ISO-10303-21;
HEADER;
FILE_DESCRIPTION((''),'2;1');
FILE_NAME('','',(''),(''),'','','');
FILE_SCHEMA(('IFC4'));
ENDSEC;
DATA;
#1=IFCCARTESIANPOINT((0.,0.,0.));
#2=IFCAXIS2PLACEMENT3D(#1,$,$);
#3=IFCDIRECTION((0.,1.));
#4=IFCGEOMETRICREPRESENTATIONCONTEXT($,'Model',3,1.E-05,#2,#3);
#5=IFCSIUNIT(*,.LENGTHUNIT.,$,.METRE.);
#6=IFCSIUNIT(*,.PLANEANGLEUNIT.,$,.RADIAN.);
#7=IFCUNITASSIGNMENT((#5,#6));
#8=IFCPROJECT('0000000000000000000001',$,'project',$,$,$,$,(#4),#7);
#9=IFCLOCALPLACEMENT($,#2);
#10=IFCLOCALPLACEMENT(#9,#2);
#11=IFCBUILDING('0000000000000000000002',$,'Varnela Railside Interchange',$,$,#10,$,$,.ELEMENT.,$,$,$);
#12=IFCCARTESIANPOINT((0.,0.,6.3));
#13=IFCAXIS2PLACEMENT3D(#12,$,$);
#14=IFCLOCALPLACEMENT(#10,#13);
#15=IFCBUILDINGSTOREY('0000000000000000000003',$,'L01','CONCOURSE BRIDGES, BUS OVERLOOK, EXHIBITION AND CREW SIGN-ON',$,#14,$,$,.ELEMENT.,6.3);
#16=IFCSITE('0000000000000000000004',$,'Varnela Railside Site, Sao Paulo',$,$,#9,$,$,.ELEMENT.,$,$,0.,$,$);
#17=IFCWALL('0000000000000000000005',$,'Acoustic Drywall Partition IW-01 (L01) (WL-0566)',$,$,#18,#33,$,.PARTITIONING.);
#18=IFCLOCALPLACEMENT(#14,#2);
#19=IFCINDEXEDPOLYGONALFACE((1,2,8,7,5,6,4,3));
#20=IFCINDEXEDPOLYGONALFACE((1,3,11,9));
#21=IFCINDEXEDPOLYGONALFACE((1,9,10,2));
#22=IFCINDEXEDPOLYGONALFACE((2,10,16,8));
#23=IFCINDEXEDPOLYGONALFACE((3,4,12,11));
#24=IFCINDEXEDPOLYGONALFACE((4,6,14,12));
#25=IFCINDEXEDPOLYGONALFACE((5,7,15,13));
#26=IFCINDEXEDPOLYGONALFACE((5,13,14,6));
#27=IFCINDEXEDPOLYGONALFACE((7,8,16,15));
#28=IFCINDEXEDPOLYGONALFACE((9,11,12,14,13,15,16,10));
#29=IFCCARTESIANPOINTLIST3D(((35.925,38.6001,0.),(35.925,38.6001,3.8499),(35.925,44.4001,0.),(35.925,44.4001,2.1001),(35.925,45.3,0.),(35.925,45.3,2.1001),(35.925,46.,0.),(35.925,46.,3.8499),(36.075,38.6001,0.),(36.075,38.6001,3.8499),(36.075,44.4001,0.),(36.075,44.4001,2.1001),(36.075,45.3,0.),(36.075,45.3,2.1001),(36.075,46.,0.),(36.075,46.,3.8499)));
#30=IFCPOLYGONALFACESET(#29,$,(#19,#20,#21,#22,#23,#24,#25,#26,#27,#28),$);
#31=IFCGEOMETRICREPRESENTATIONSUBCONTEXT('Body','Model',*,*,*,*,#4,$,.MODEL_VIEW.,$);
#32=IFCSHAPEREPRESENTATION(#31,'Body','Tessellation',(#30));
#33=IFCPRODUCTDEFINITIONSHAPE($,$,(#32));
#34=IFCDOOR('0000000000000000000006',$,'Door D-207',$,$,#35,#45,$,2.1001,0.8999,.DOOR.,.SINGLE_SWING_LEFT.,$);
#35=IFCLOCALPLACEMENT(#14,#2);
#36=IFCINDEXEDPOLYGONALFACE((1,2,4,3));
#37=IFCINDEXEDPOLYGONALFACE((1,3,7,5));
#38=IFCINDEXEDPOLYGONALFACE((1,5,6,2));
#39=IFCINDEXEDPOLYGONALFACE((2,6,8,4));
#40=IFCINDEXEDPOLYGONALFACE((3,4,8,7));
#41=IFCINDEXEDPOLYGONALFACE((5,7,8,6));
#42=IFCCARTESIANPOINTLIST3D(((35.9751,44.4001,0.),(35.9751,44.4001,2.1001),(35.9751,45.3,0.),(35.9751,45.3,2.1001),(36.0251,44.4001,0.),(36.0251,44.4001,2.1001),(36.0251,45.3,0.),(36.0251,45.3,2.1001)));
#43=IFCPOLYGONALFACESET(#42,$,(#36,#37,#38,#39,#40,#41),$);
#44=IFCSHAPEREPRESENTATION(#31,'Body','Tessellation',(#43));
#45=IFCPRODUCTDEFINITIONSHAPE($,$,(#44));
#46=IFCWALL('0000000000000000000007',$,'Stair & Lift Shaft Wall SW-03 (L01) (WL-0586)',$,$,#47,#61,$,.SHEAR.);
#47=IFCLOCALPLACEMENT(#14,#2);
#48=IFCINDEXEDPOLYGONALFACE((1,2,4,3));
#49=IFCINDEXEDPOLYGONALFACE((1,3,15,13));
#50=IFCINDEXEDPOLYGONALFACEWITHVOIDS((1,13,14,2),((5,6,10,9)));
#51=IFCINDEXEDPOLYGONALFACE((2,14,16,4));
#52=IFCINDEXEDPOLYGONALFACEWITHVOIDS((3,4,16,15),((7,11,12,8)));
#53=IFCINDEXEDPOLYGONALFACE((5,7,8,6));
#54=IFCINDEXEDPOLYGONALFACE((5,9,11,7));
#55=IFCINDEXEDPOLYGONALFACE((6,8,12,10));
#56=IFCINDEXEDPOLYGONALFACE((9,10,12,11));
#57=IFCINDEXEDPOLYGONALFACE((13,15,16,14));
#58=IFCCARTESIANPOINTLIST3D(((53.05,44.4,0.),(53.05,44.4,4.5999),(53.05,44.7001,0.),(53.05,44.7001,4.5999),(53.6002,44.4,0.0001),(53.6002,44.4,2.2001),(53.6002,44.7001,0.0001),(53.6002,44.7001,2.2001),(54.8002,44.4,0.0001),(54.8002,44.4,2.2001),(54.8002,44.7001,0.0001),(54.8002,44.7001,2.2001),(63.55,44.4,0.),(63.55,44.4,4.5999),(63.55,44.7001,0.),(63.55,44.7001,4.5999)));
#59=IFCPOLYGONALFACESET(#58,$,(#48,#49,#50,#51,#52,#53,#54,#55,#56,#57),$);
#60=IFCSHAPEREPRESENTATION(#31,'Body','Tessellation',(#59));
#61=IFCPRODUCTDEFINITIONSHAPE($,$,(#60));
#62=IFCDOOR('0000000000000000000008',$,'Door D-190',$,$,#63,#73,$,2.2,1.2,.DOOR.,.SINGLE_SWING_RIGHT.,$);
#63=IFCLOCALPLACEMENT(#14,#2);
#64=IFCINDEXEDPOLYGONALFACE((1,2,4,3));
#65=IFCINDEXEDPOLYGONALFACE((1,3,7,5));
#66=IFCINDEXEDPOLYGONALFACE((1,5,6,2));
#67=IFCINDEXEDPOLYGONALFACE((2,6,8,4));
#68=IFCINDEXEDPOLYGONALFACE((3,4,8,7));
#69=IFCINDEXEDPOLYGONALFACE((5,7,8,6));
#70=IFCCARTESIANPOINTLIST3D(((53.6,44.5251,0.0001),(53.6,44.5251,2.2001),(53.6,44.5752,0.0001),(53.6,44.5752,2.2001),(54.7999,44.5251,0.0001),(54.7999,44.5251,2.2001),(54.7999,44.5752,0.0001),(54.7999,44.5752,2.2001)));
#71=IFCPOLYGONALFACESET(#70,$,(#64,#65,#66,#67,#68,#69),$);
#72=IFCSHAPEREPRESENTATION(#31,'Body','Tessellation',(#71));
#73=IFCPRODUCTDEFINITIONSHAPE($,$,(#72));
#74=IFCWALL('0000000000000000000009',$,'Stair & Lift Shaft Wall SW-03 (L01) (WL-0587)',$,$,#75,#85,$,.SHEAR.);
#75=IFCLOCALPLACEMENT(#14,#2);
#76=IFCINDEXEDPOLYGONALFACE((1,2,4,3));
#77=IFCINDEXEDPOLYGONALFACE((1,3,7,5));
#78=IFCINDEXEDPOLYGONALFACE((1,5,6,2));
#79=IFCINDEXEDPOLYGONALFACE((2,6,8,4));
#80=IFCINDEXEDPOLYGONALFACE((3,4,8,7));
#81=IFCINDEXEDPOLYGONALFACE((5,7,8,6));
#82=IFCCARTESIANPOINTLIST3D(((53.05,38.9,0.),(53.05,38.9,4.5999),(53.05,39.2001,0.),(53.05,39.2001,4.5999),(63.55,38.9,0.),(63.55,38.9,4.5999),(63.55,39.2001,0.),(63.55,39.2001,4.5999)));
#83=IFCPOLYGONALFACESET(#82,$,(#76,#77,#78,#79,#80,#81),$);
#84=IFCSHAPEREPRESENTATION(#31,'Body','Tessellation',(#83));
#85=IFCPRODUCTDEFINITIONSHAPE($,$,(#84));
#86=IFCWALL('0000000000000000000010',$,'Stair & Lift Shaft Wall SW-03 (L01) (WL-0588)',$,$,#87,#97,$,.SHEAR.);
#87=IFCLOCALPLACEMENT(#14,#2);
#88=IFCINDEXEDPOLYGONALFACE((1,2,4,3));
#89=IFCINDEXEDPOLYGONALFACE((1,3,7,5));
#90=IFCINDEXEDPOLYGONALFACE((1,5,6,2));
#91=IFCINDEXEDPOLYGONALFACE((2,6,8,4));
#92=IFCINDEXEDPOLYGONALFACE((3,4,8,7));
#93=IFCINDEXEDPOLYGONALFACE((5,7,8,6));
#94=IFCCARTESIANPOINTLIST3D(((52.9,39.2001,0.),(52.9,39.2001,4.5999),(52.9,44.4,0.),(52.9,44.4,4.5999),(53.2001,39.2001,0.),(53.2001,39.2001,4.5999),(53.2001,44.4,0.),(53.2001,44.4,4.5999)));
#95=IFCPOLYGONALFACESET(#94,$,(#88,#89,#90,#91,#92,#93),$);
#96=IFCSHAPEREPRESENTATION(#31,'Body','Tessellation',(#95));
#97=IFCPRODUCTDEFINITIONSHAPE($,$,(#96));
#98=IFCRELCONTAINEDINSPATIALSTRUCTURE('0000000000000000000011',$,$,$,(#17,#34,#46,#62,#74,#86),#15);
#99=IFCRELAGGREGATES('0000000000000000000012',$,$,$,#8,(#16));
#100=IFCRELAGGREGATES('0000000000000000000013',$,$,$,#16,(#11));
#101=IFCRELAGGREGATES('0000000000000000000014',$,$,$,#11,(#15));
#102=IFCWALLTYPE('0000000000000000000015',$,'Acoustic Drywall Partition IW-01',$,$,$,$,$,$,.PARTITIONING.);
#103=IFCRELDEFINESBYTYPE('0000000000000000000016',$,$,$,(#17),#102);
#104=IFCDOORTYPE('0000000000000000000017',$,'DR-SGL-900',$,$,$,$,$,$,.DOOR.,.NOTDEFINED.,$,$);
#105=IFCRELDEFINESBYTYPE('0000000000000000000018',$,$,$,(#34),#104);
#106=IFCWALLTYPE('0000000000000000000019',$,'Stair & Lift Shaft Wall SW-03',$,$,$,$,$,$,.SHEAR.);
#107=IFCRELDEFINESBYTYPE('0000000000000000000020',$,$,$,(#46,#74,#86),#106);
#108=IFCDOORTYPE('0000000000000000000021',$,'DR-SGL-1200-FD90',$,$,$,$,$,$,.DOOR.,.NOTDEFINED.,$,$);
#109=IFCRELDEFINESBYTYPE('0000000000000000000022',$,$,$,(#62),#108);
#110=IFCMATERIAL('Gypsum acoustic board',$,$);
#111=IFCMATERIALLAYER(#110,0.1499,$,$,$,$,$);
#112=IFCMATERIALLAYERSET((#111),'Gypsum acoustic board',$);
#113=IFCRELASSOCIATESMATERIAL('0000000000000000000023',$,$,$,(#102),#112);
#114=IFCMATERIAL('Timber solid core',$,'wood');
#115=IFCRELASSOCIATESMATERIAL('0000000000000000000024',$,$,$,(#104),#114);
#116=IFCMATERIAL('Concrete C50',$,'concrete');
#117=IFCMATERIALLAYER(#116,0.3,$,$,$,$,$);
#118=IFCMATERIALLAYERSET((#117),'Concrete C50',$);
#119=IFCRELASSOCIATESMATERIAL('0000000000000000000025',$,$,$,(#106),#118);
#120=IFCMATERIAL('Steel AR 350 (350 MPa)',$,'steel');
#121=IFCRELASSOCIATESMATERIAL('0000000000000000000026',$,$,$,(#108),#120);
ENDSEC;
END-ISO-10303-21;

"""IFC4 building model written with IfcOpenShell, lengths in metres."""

from ifc_helpers import new_model, si_unit, direction, frame, frame_2d, origin, place, context, subcontext, project, spatial, rectangle, extrude, material, layer, layer_set, type_object, element, fill, save


model = new_model("IFC4")

# Units and contexts
model_context = context("Model", 3, precision=1e-05, world=origin(), true_north=direction((0.0, 1.0)))
body_context = subcontext(model_context, "Body", "Model", "MODEL_VIEW")
ifc_project = project(units=[si_unit("LENGTHUNIT", "METRE"), si_unit("PLANEANGLEUNIT", "RADIAN")], contexts=[model_context])

# Site, building, storey
site_placement = place(None, origin())
site = spatial("IfcSite", under=ifc_project, at=site_placement, Name="Varnela Railside Site, Sao Paulo", CompositionType="ELEMENT", RefElevation=0.0)
building_placement = place(site_placement, origin())
building = spatial("IfcBuilding", under=site, at=building_placement, Name="Varnela Railside Interchange", CompositionType="ELEMENT")
storey_placement = place(building_placement, frame((0.0, 0.0, 6.3)))
storey = spatial("IfcBuildingStorey", under=building, at=storey_placement, Name="L01", Description="CONCOURSE BRIDGES, BUS OVERLOOK, EXHIBITION AND CREW SIGN-ON", CompositionType="ELEMENT", Elevation=6.3)

# Shared definitions
ifc_material_1 = material(Name="Concrete C50", Category="concrete")
ifc_material_2 = material(Name="Steel AR 350 (350 MPa)", Category="steel")

# Walls, openings, doors
ifc_material_3 = material(Name="Gypsum acoustic board")
ifc_layer_1 = layer(ifc_material_3, 0.1499)
ifc_layer_set_1 = layer_set([ifc_layer_1], Name="Gypsum acoustic board")
wall_type_1 = type_object("IfcWallType", Name="Acoustic Drywall Partition IW-01", PredefinedType="PARTITIONING", material=ifc_layer_set_1)
wall_1_placement = place(storey_placement, frame((36.0, 38.6001, 0.0), z_axis=(0.0, 0.0, 1.0), x_axis=(0.0, 1.0, 0.0)))
wall_1 = element("IfcWall", 1, at=wall_1_placement, inside=storey, type_object=wall_type_1, Name="Acoustic Drywall Partition IW-01 (L01) (WL-0566)", PredefinedType="PARTITIONING", context=body_context, shape_type="SweptSolid", body=[
    extrude(rectangle(XDim=7.3999, YDim=0.1499, at=frame_2d((3.7, 0.0))), origin(), (0.0, 0.0, 1.0), 3.8499),
])
opening_1_placement = place(wall_1_placement, frame((5.8, 0.0, 0.0)))
opening_1 = element("IfcOpeningElement", 2, at=opening_1_placement, cuts=wall_1, PredefinedType="OPENING", context=body_context, shape_type="SweptSolid", body=[
    extrude(rectangle(XDim=0.8999, YDim=2.1001, at=frame_2d((0.45, 1.05))), frame((0.0, 0.085, 0.0), z_axis=(0.0, -1.0, 0.0), x_axis=(1.0, 0.0, 0.0)), (0.0, 0.0, 1.0), 0.1699),
])
ifc_material_4 = material(Name="Timber solid core", Category="wood")
door_type_1 = type_object("IfcDoorType", Name="DR-SGL-900", OperationType="NOTDEFINED", PredefinedType="DOOR", material=ifc_material_4)
door_1_placement = place(opening_1_placement, origin())
door_1 = element("IfcDoor", 3, at=door_1_placement, inside=storey, type_object=door_type_1, Name="Door D-207", OperationType="SINGLE_SWING_LEFT", OverallHeight=2.1001, OverallWidth=0.8999, PredefinedType="DOOR", context=body_context, shape_type="SweptSolid", body=[
    extrude(rectangle(XDim=0.8999, YDim=2.1001, at=frame_2d((0.45, 1.05))), frame((0.0, 0.0249, 0.0), z_axis=(0.0, -1.0, 0.0), x_axis=(1.0, 0.0, 0.0)), (0.0, 0.0, 1.0), 0.05),
])
fill(opening_1, door_1)
ifc_layer_2 = layer(ifc_material_1, 0.3)
ifc_layer_set_2 = layer_set([ifc_layer_2], Name="Concrete C50")
wall_type_2 = type_object("IfcWallType", Name="Stair & Lift Shaft Wall SW-03", PredefinedType="SHEAR", material=ifc_layer_set_2)
wall_2_placement = place(storey_placement, frame((53.05, 44.55, 0.0), z_axis=(0.0, 0.0, 1.0), x_axis=(1.0, 0.0, 0.0)))
wall_2 = element("IfcWall", 4, at=wall_2_placement, inside=storey, type_object=wall_type_2, Name="Stair & Lift Shaft Wall SW-03 (L01) (WL-0586)", PredefinedType="SHEAR", context=body_context, shape_type="SweptSolid", body=[
    extrude(rectangle(XDim=10.5, YDim=0.3, at=frame_2d((5.25, 0.0))), origin(), (0.0, 0.0, 1.0), 4.5999),
])
opening_2_placement = place(wall_2_placement, frame((0.55, 0.0, 0.0)))
opening_2 = element("IfcOpeningElement", 5, at=opening_2_placement, cuts=wall_2, PredefinedType="OPENING", context=body_context, shape_type="SweptSolid", body=[
    extrude(rectangle(XDim=1.2, YDim=2.2, at=frame_2d((0.6001, 1.1001))), frame((0.0, 0.1599, 0.0), z_axis=(0.0, -1.0, 0.0), x_axis=(1.0, 0.0, 0.0)), (0.0, 0.0, 1.0), 0.3201),
])
door_type_2 = type_object("IfcDoorType", Name="DR-SGL-1200-FD90", OperationType="NOTDEFINED", PredefinedType="DOOR", material=ifc_material_2)
door_2_placement = place(opening_2_placement, frame((1.2, 0.0, 0.0), z_axis=(0.0, 0.0, 1.0), x_axis=(-1.0, 0.0, 0.0)))
door_2 = element("IfcDoor", 6, at=door_2_placement, inside=storey, type_object=door_type_2, Name="Door D-190", OperationType="SINGLE_SWING_RIGHT", OverallHeight=2.2, OverallWidth=1.2, PredefinedType="DOOR", context=body_context, shape_type="SweptSolid", body=[
    extrude(rectangle(XDim=1.2, YDim=2.2, at=frame_2d((0.6001, 1.1001))), frame((0.0, 0.0249, 0.0), z_axis=(0.0, -1.0, 0.0), x_axis=(1.0, 0.0, 0.0)), (0.0, 0.0, 1.0), 0.05),
])
fill(opening_2, door_2)

# Walls
wall_3_placement = place(storey_placement, frame((53.05, 39.05, 0.0), z_axis=(0.0, 0.0, 1.0), x_axis=(1.0, 0.0, 0.0)))
element("IfcWall", 7, at=wall_3_placement, inside=storey, type_object=wall_type_2, Name="Stair & Lift Shaft Wall SW-03 (L01) (WL-0587)", PredefinedType="SHEAR", context=body_context, shape_type="SweptSolid", body=[
    extrude(rectangle(XDim=10.5, YDim=0.3, at=frame_2d((5.25, 0.0))), origin(), (0.0, 0.0, 1.0), 4.5999),
])
wall_4_placement = place(storey_placement, frame((53.05, 39.2, 0.0), z_axis=(0.0, 0.0, 1.0), x_axis=(0.0, 1.0, 0.0)))
element("IfcWall", 8, at=wall_4_placement, inside=storey, type_object=wall_type_2, Name="Stair & Lift Shaft Wall SW-03 (L01) (WL-0588)", PredefinedType="SHEAR", context=body_context, shape_type="SweptSolid", body=[
    extrude(rectangle(XDim=5.2, YDim=0.3, at=frame_2d((2.6001, 0.0))), origin(), (0.0, 0.0, 1.0), 4.5999),
])

save(model, "model.ifc")
